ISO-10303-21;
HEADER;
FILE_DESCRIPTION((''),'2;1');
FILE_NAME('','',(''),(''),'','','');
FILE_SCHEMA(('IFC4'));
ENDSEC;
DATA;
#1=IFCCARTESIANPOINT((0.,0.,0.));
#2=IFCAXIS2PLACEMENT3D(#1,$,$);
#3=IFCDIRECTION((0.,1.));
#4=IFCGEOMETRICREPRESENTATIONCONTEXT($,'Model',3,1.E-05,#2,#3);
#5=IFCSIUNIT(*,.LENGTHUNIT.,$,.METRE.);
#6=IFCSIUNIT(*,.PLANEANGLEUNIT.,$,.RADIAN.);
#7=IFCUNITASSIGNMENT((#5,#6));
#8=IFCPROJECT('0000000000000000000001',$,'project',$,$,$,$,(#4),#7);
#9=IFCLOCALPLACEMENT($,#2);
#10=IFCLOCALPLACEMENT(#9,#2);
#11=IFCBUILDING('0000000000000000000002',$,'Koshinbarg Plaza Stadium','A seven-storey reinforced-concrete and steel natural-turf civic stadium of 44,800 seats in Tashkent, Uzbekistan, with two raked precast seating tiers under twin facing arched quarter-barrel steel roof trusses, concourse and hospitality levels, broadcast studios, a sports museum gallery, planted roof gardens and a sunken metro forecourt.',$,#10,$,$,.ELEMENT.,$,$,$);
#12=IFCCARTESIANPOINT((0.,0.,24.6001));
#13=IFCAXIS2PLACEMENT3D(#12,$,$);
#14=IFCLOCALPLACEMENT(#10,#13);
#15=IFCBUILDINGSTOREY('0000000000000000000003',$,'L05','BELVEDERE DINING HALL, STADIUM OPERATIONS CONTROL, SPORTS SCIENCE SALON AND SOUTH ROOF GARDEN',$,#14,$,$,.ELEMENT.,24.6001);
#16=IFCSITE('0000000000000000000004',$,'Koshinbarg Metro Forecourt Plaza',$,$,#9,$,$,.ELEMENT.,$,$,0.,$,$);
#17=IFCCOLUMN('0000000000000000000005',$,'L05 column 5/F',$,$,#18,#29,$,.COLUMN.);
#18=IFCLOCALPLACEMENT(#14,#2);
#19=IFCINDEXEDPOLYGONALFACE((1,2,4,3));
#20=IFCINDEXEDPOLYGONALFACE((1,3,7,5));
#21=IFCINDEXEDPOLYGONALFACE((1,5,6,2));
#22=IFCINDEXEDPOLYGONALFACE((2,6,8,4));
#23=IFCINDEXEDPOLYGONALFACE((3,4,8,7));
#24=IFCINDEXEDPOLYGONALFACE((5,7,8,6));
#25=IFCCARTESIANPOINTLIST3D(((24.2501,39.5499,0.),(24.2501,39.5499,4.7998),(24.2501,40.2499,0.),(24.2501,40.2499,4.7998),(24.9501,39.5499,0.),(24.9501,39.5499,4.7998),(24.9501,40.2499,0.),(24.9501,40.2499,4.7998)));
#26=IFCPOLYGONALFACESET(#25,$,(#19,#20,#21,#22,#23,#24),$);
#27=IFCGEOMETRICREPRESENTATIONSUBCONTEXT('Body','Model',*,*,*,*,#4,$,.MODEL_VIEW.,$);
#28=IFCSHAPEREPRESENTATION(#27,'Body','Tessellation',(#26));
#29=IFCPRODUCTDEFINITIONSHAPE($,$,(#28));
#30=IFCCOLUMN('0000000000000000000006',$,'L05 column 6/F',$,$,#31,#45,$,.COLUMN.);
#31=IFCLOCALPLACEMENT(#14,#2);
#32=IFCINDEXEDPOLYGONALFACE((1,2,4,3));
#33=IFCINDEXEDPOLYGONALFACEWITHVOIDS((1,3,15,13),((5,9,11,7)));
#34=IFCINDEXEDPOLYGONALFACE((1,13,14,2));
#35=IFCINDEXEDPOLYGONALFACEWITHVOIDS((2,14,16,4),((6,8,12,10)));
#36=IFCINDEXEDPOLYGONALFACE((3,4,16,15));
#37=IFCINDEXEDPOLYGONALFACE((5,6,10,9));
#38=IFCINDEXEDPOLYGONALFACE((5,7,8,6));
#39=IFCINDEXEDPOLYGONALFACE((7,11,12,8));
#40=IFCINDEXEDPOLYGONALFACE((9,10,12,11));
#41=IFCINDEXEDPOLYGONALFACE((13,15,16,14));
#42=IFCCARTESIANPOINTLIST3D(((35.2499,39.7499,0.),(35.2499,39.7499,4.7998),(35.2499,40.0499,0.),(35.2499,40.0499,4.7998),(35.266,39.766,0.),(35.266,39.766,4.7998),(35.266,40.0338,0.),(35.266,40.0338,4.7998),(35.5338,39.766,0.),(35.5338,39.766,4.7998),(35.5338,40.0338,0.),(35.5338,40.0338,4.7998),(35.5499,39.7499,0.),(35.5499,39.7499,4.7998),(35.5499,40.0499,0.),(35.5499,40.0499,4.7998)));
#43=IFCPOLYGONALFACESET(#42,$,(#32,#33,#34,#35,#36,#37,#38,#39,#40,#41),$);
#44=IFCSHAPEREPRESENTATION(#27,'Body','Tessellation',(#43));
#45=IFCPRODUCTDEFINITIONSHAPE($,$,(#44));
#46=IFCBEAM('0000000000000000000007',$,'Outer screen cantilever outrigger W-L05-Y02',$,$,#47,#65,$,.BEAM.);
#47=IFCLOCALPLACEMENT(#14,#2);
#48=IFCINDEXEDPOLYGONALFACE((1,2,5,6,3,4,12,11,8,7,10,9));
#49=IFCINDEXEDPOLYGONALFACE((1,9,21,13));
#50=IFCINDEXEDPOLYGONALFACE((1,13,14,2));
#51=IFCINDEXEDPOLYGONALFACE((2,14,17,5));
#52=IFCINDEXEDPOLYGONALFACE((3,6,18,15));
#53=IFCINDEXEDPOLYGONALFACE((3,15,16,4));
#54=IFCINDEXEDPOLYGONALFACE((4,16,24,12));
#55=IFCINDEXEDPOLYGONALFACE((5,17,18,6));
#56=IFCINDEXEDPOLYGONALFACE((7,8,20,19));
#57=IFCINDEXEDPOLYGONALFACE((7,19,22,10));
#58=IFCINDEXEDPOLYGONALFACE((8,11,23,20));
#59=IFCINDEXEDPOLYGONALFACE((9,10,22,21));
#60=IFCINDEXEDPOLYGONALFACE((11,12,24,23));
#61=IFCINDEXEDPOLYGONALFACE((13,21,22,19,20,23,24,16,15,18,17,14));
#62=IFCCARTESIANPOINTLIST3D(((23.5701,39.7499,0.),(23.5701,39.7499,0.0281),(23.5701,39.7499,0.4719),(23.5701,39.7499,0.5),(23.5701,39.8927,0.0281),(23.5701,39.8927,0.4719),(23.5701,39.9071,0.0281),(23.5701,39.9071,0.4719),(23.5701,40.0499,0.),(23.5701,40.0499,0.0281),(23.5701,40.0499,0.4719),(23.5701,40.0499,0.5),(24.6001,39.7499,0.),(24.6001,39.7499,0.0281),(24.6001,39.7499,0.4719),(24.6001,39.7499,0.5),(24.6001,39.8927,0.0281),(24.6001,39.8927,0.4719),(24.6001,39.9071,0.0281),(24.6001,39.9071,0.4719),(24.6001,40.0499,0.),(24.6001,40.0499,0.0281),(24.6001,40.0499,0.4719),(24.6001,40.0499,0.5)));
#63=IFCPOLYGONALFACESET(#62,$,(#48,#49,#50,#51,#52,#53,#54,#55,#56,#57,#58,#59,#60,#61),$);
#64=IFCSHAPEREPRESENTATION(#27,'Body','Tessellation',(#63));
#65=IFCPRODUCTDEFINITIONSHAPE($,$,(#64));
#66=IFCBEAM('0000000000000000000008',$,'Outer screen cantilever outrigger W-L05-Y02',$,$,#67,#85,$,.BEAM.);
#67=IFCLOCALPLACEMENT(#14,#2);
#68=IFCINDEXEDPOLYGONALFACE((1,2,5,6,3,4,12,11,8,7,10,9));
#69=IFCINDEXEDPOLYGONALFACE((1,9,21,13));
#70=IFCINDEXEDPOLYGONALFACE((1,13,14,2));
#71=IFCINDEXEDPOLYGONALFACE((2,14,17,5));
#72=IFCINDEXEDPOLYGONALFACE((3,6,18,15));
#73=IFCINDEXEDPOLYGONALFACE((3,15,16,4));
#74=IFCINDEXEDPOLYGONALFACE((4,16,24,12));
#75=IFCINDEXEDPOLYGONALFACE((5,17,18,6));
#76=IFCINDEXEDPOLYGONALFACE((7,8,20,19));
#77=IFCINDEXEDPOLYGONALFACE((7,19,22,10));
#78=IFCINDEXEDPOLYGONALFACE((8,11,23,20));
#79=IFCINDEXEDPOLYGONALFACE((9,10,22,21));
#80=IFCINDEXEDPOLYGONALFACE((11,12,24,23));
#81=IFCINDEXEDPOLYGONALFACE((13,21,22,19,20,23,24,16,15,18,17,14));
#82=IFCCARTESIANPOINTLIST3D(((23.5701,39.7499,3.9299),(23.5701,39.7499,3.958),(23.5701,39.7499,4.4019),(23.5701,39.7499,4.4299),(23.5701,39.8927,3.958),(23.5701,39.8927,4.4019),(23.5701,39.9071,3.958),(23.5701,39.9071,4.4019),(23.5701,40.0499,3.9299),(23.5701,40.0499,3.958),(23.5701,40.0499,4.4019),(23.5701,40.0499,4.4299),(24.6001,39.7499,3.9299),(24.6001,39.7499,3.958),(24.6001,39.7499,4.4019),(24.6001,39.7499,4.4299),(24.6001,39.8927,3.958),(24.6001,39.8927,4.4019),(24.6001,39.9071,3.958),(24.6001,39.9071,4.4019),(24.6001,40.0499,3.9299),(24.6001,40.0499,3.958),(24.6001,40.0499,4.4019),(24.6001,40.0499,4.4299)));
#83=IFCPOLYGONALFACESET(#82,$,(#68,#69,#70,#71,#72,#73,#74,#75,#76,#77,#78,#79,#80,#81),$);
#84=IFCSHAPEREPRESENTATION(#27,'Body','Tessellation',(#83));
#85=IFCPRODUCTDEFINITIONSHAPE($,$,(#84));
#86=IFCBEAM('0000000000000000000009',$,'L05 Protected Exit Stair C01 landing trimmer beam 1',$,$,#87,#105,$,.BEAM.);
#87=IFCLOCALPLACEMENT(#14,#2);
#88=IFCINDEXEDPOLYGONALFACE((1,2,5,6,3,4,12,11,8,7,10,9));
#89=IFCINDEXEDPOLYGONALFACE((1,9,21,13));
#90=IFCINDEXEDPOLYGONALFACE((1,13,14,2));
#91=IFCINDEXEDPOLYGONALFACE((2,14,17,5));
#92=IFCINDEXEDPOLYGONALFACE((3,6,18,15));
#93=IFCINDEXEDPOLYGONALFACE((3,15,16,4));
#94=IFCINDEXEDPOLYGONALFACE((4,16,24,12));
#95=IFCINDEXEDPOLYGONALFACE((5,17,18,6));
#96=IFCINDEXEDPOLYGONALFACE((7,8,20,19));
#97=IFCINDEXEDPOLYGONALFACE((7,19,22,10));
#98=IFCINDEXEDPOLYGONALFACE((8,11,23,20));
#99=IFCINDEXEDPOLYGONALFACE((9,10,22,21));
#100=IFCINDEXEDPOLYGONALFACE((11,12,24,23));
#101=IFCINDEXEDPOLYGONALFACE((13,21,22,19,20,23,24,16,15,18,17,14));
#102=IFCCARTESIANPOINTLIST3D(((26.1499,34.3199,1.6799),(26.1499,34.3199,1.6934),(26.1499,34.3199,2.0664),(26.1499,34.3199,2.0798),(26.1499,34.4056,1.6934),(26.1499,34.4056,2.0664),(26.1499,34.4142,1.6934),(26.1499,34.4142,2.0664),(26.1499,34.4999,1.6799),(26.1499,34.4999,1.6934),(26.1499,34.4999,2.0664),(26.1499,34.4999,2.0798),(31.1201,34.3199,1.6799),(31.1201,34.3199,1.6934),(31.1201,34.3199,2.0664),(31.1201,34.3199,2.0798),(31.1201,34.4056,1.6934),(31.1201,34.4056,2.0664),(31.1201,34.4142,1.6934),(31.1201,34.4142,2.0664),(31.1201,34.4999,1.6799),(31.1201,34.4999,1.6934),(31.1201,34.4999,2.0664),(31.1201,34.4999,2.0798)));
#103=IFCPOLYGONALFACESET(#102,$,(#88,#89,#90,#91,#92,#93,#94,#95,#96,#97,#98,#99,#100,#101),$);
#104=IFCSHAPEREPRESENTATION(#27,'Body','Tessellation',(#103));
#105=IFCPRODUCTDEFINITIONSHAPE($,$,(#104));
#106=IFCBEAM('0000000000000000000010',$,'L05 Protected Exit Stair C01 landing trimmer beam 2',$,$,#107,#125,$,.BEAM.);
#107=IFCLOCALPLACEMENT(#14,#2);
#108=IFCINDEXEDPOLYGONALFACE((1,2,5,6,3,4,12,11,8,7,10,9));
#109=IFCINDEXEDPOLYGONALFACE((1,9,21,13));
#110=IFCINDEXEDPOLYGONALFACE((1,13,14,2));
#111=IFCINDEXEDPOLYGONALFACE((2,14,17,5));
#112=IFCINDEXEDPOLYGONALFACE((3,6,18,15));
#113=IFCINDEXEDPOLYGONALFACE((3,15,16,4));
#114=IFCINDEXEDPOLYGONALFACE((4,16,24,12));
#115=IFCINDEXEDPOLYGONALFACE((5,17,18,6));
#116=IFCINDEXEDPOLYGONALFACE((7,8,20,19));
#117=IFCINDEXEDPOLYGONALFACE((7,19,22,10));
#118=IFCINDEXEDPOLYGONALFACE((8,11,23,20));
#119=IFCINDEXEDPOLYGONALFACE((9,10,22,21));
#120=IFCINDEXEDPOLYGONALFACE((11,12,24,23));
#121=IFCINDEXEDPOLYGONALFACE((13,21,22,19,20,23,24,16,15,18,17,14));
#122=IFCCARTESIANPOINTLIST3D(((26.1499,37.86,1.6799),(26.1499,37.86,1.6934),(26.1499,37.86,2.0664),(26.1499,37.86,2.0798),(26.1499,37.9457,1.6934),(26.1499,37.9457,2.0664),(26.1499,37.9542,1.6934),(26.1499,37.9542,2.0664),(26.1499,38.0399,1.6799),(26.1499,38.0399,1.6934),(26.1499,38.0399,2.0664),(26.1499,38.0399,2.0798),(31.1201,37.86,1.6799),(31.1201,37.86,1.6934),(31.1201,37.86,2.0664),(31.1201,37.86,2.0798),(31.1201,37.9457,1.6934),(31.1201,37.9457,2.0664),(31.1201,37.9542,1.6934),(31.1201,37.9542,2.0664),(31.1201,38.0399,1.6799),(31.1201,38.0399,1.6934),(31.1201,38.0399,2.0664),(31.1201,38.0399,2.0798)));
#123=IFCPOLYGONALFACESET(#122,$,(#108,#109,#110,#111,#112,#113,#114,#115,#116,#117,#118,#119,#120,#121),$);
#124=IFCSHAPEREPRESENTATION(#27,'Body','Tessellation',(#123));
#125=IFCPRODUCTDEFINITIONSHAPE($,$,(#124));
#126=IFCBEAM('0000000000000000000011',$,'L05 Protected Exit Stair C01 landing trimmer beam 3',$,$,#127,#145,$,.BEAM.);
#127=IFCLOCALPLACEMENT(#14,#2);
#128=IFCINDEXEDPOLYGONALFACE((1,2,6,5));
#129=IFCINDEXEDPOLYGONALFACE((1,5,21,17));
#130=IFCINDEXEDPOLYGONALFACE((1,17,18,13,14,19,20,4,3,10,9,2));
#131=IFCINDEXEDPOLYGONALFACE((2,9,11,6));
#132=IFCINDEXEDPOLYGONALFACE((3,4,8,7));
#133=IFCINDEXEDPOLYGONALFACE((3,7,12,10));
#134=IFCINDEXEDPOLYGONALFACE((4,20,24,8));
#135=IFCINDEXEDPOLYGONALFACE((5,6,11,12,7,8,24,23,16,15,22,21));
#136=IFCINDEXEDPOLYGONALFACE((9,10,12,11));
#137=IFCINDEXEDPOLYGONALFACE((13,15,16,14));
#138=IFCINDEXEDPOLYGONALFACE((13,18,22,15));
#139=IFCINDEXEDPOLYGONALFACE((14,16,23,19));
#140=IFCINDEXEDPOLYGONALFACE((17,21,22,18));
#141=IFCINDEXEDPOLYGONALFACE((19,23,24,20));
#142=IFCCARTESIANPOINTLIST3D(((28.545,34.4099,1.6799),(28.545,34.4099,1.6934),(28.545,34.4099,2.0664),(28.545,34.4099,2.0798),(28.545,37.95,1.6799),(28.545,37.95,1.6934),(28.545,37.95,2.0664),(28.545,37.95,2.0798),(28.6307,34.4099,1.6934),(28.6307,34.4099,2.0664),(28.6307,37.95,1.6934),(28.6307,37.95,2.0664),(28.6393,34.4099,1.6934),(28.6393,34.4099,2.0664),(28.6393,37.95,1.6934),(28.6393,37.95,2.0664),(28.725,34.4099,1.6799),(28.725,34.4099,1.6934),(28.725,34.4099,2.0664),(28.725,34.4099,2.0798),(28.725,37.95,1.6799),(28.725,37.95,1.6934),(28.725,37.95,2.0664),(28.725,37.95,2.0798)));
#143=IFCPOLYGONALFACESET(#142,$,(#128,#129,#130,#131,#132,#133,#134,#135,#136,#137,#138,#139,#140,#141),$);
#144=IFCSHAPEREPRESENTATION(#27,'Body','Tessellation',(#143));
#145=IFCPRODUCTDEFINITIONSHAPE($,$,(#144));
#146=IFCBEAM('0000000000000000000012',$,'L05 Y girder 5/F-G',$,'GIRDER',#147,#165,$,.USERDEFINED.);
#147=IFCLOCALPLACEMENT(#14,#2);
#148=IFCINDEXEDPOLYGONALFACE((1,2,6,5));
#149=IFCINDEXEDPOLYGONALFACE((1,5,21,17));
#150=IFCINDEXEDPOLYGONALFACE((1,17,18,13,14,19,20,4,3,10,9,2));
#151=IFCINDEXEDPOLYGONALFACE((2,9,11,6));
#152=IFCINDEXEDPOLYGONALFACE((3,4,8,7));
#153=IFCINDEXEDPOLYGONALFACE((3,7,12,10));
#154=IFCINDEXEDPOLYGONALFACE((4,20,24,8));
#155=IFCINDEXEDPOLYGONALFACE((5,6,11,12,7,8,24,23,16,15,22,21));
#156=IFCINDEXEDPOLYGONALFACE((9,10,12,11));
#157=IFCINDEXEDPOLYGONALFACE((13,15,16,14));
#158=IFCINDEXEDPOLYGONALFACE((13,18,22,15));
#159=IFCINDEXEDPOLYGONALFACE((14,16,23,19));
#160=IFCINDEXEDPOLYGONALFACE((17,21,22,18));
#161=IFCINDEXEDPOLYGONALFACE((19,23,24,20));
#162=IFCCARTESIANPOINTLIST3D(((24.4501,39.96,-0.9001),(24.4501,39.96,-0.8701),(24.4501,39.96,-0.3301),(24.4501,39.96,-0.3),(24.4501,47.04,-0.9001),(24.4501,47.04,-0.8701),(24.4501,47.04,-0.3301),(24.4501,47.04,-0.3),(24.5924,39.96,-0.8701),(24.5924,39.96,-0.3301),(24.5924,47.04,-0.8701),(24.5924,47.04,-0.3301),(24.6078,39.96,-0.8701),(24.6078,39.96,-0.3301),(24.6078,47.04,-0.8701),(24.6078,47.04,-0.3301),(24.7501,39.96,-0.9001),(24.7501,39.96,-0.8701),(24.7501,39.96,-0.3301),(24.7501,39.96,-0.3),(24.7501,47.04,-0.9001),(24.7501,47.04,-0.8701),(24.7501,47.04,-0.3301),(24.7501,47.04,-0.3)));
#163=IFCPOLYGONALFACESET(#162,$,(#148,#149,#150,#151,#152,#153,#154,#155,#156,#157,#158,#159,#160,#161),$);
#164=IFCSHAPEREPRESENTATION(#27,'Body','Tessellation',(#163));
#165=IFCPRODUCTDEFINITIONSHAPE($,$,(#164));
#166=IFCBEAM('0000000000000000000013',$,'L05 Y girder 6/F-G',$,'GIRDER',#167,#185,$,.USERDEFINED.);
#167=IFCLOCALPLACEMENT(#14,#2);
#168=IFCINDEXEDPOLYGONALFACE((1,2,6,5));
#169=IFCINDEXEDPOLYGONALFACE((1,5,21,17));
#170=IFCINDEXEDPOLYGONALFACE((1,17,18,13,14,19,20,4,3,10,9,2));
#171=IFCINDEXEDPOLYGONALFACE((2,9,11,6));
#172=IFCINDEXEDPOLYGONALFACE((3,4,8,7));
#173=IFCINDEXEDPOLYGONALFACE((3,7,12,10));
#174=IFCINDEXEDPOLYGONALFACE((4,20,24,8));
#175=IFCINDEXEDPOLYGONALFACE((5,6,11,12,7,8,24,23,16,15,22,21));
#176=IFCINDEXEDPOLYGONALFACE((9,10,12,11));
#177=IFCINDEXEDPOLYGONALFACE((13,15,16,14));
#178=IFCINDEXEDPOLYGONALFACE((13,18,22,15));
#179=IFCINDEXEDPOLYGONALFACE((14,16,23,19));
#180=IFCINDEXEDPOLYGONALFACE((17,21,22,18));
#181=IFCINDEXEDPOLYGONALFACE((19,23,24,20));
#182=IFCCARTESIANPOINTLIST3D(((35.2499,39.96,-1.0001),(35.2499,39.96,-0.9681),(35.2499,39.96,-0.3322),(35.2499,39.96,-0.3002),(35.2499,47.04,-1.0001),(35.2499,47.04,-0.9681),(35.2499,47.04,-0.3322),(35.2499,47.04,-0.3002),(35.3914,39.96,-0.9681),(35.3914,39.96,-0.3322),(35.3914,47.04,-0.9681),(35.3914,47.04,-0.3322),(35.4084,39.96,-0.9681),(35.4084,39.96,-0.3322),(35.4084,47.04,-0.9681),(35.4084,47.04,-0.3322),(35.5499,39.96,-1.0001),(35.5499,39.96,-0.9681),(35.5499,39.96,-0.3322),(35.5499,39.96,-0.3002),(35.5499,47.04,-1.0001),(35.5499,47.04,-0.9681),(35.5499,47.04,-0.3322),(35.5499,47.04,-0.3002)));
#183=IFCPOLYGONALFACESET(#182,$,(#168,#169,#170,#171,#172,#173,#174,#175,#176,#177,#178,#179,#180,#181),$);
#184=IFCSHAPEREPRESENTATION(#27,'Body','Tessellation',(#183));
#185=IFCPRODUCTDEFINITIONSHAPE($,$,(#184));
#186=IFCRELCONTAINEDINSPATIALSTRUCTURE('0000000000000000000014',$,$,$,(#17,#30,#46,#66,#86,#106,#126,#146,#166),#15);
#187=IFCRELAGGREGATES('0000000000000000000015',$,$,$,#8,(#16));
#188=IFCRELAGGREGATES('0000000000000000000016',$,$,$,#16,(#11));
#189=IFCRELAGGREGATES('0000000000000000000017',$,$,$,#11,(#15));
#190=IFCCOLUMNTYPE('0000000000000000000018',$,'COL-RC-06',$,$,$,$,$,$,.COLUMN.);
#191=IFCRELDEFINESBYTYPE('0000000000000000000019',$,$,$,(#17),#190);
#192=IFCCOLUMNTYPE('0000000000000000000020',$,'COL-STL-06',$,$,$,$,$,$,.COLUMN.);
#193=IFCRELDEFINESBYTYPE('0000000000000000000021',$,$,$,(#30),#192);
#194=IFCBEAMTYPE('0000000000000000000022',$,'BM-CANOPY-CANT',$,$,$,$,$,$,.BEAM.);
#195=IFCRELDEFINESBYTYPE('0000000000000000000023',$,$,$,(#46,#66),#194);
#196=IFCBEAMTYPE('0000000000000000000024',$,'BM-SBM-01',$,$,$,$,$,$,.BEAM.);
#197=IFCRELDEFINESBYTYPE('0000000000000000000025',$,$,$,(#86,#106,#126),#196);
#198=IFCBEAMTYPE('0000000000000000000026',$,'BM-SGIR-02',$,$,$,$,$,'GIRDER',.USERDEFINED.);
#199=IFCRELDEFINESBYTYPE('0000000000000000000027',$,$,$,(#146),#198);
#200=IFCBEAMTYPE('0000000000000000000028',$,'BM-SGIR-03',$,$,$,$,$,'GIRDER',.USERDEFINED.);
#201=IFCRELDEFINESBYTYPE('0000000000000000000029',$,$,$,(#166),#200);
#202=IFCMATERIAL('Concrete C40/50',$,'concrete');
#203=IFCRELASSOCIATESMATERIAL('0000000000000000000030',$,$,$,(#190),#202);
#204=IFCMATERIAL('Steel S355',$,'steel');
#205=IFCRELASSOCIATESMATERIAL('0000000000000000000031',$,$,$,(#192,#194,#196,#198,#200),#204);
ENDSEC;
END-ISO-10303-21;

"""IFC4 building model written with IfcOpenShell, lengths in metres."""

from ifc_helpers import new_model, si_unit, direction, frame, origin, origin_2d, place, context, subcontext, project, spatial, rectangle, hollow_rectangle, i_section, extrude, material, material_profile, profile_set, type_object, element, save


model = new_model("IFC4")

# Units and contexts
model_context = context("Model", 3, precision=1e-05, world=origin(), true_north=direction((0.0, 1.0)))
body_context = subcontext(model_context, "Body", "Model", "MODEL_VIEW")
ifc_project = project(units=[si_unit("LENGTHUNIT", "METRE"), si_unit("PLANEANGLEUNIT", "RADIAN")], contexts=[model_context])

# Site, building, storey
site_placement = place(None, origin())
site = spatial("IfcSite", under=ifc_project, at=site_placement, Name="Koshinbarg Metro Forecourt Plaza", CompositionType="ELEMENT", RefElevation=0.0)
building_placement = place(site_placement, origin())
building = spatial("IfcBuilding", under=site, at=building_placement, Name="Koshinbarg Plaza Stadium", Description="A seven-storey reinforced-concrete and steel natural-turf civic stadium of 44,800 seats in Tashkent, Uzbekistan, with two raked precast seating tiers under twin facing arched quarter-barrel steel roof trusses, concourse and hospitality levels, broadcast studios, a sports museum gallery, planted roof gardens and a sunken metro forecourt.", CompositionType="ELEMENT")
storey_placement = place(building_placement, frame((0.0, 0.0, 24.6001)))
storey = spatial("IfcBuildingStorey", under=building, at=storey_placement, Name="L05", Description="BELVEDERE DINING HALL, STADIUM OPERATIONS CONTROL, SPORTS SCIENCE SALON AND SOUTH ROOF GARDEN", CompositionType="ELEMENT", Elevation=24.6001)

# Columns
ifc_material_1 = material(Name="Concrete C40/50", Category="concrete")
ifc_material_profile_1 = material_profile(ifc_material_1, rectangle(XDim=0.7, YDim=0.7, at=origin_2d()), Name="RC 700x700")
ifc_profile_set_1 = profile_set([ifc_material_profile_1], Name="Concrete C40/50")
column_type_1 = type_object("IfcColumnType", Name="COL-RC-06", PredefinedType="COLUMN", material=ifc_profile_set_1)
column_1_placement = place(storey_placement, frame((24.6001, 39.8999, 0.0), z_axis=(0.0, 0.0, 1.0), x_axis=(1.0, 0.0, 0.0)))
element("IfcColumn", 1, at=column_1_placement, inside=storey, type_object=column_type_1, Name="L05 column 5/F", PredefinedType="COLUMN", context=body_context, shape_type="SweptSolid", body=[
    extrude(rectangle(XDim=0.7, YDim=0.7, at=origin_2d()), origin(), (0.0, 0.0, 1.0), 4.7998),
])
ifc_material_2 = material(Name="Steel S355", Category="steel")
ifc_material_profile_2 = material_profile(ifc_material_2, hollow_rectangle(XDim=0.3, YDim=0.3, WallThickness=0.0161, at=origin_2d()), Name="SHS 300x300x16")
ifc_profile_set_2 = profile_set([ifc_material_profile_2], Name="Steel S355")
column_type_2 = type_object("IfcColumnType", Name="COL-STL-06", PredefinedType="COLUMN", material=ifc_profile_set_2)
column_2_placement = place(storey_placement, frame((35.3999, 39.8999, 0.0), z_axis=(0.0, 0.0, 1.0), x_axis=(1.0, 0.0, 0.0)))
element("IfcColumn", 2, at=column_2_placement, inside=storey, type_object=column_type_2, Name="L05 column 6/F", PredefinedType="COLUMN", context=body_context, shape_type="SweptSolid", body=[
    extrude(hollow_rectangle(XDim=0.3, YDim=0.3, WallThickness=0.0161, at=origin_2d()), origin(), (0.0, 0.0, 1.0), 4.7998),
])

# Beams
ifc_material_profile_3 = material_profile(ifc_material_2, i_section(OverallWidth=0.3, OverallDepth=0.5, WebThickness=0.0144, FlangeThickness=0.0281, at=origin_2d()), Name="HEB 500")
ifc_profile_set_3 = profile_set([ifc_material_profile_3], Name="Steel S355")
beam_type_1 = type_object("IfcBeamType", Name="BM-CANOPY-CANT", PredefinedType="BEAM", material=ifc_profile_set_3)
for number, where, z_axis, x_axis, name in (
    (3, (24.6001, 39.8999, 0.25), (-1.0, 0.0, 0.0), (0.0, -1.0, 0.0), "Outer screen cantilever outrigger W-L05-Y02"),
    (4, (24.6001, 39.8999, 4.1799), (-1.0, 0.0, 0.0), (0.0, -1.0, 0.0), "Outer screen cantilever outrigger W-L05-Y02"),
):
    element("IfcBeam", number, at=place(storey_placement, frame(where, z_axis=z_axis, x_axis=x_axis)), inside=storey, type_object=beam_type_1, Name=name, PredefinedType="BEAM", context=body_context, shape_type="SweptSolid", body=[
        extrude(i_section(OverallWidth=0.3, OverallDepth=0.5, WebThickness=0.0144, FlangeThickness=0.0281, at=origin_2d()), origin(), (0.0, 0.0, 1.0), 1.03),
    ])
ifc_material_profile_4 = material_profile(ifc_material_2, i_section(OverallWidth=0.1799, OverallDepth=0.3999, WebThickness=0.0085, FlangeThickness=0.0134, at=origin_2d()), Name="IPE 400")
ifc_profile_set_4 = profile_set([ifc_material_profile_4], Name="Steel S355")
beam_type_2 = type_object("IfcBeamType", Name="BM-SBM-01", PredefinedType="BEAM", material=ifc_profile_set_4)
for number, where, z_axis, x_axis, name in (
    (5, (26.1499, 34.4099, 1.8799), (1.0, 0.0, 0.0), (0.0, 1.0, 0.0), "L05 Protected Exit Stair C01 landing trimmer beam 1"),
    (6, (26.1499, 37.95, 1.8799), (1.0, 0.0, 0.0), (0.0, 1.0, 0.0), "L05 Protected Exit Stair C01 landing trimmer beam 2"),
):
    element("IfcBeam", number, at=place(storey_placement, frame(where, z_axis=z_axis, x_axis=x_axis)), inside=storey, type_object=beam_type_2, Name=name, PredefinedType="BEAM", context=body_context, shape_type="SweptSolid", body=[
        extrude(i_section(OverallWidth=0.1799, OverallDepth=0.3999, WebThickness=0.0085, FlangeThickness=0.0134, at=origin_2d()), origin(), (0.0, 0.0, 1.0), 4.9702),
    ])
beam_1_placement = place(storey_placement, frame((28.635, 34.4099, 1.8799), z_axis=(0.0, 1.0, 0.0), x_axis=(-1.0, 0.0, 0.0)))
element("IfcBeam", 7, at=beam_1_placement, inside=storey, type_object=beam_type_2, Name="L05 Protected Exit Stair C01 landing trimmer beam 3", PredefinedType="BEAM", context=body_context, shape_type="SweptSolid", body=[
    extrude(i_section(OverallWidth=0.1799, OverallDepth=0.3999, WebThickness=0.0085, FlangeThickness=0.0134, at=origin_2d()), origin(), (0.0, 0.0, 1.0), 3.54),
])
ifc_material_profile_5 = material_profile(ifc_material_2, i_section(OverallWidth=0.3, OverallDepth=0.6001, WebThickness=0.0154, FlangeThickness=0.03, at=origin_2d()), Name="HEB 600")
ifc_profile_set_5 = profile_set([ifc_material_profile_5], Name="Steel S355")
beam_type_3 = type_object("IfcBeamType", Name="BM-SGIR-02", ElementType="GIRDER", PredefinedType="USERDEFINED", material=ifc_profile_set_5)
beam_2_placement = place(storey_placement, frame((24.6001, 39.96, -0.6001), z_axis=(0.0, 1.0, 0.0), x_axis=(-1.0, 0.0, 0.0)))
element("IfcBeam", 8, at=beam_2_placement, inside=storey, type_object=beam_type_3, Name="L05 Y girder 5/F-G", ObjectType="GIRDER", PredefinedType="USERDEFINED", context=body_context, shape_type="SweptSolid", body=[
    extrude(i_section(OverallWidth=0.3, OverallDepth=0.6001, WebThickness=0.0154, FlangeThickness=0.03, at=origin_2d()), origin(), (0.0, 0.0, 1.0), 7.0801),
])
ifc_material_profile_6 = material_profile(ifc_material_2, i_section(OverallWidth=0.3, OverallDepth=0.7, WebThickness=0.0171, FlangeThickness=0.032, at=origin_2d()), Name="HEB 700")
ifc_profile_set_6 = profile_set([ifc_material_profile_6], Name="Steel S355")
beam_type_4 = type_object("IfcBeamType", Name="BM-SGIR-03", ElementType="GIRDER", PredefinedType="USERDEFINED", material=ifc_profile_set_6)
beam_3_placement = place(storey_placement, frame((35.3999, 39.96, -0.6501), z_axis=(0.0, 1.0, 0.0), x_axis=(-1.0, 0.0, 0.0)))
element("IfcBeam", 9, at=beam_3_placement, inside=storey, type_object=beam_type_4, Name="L05 Y girder 6/F-G", ObjectType="GIRDER", PredefinedType="USERDEFINED", context=body_context, shape_type="SweptSolid", body=[
    extrude(i_section(OverallWidth=0.3, OverallDepth=0.7, WebThickness=0.0171, FlangeThickness=0.032, at=origin_2d()), origin(), (0.0, 0.0, 1.0), 7.0801),
])

save(model, "model.ifc")
